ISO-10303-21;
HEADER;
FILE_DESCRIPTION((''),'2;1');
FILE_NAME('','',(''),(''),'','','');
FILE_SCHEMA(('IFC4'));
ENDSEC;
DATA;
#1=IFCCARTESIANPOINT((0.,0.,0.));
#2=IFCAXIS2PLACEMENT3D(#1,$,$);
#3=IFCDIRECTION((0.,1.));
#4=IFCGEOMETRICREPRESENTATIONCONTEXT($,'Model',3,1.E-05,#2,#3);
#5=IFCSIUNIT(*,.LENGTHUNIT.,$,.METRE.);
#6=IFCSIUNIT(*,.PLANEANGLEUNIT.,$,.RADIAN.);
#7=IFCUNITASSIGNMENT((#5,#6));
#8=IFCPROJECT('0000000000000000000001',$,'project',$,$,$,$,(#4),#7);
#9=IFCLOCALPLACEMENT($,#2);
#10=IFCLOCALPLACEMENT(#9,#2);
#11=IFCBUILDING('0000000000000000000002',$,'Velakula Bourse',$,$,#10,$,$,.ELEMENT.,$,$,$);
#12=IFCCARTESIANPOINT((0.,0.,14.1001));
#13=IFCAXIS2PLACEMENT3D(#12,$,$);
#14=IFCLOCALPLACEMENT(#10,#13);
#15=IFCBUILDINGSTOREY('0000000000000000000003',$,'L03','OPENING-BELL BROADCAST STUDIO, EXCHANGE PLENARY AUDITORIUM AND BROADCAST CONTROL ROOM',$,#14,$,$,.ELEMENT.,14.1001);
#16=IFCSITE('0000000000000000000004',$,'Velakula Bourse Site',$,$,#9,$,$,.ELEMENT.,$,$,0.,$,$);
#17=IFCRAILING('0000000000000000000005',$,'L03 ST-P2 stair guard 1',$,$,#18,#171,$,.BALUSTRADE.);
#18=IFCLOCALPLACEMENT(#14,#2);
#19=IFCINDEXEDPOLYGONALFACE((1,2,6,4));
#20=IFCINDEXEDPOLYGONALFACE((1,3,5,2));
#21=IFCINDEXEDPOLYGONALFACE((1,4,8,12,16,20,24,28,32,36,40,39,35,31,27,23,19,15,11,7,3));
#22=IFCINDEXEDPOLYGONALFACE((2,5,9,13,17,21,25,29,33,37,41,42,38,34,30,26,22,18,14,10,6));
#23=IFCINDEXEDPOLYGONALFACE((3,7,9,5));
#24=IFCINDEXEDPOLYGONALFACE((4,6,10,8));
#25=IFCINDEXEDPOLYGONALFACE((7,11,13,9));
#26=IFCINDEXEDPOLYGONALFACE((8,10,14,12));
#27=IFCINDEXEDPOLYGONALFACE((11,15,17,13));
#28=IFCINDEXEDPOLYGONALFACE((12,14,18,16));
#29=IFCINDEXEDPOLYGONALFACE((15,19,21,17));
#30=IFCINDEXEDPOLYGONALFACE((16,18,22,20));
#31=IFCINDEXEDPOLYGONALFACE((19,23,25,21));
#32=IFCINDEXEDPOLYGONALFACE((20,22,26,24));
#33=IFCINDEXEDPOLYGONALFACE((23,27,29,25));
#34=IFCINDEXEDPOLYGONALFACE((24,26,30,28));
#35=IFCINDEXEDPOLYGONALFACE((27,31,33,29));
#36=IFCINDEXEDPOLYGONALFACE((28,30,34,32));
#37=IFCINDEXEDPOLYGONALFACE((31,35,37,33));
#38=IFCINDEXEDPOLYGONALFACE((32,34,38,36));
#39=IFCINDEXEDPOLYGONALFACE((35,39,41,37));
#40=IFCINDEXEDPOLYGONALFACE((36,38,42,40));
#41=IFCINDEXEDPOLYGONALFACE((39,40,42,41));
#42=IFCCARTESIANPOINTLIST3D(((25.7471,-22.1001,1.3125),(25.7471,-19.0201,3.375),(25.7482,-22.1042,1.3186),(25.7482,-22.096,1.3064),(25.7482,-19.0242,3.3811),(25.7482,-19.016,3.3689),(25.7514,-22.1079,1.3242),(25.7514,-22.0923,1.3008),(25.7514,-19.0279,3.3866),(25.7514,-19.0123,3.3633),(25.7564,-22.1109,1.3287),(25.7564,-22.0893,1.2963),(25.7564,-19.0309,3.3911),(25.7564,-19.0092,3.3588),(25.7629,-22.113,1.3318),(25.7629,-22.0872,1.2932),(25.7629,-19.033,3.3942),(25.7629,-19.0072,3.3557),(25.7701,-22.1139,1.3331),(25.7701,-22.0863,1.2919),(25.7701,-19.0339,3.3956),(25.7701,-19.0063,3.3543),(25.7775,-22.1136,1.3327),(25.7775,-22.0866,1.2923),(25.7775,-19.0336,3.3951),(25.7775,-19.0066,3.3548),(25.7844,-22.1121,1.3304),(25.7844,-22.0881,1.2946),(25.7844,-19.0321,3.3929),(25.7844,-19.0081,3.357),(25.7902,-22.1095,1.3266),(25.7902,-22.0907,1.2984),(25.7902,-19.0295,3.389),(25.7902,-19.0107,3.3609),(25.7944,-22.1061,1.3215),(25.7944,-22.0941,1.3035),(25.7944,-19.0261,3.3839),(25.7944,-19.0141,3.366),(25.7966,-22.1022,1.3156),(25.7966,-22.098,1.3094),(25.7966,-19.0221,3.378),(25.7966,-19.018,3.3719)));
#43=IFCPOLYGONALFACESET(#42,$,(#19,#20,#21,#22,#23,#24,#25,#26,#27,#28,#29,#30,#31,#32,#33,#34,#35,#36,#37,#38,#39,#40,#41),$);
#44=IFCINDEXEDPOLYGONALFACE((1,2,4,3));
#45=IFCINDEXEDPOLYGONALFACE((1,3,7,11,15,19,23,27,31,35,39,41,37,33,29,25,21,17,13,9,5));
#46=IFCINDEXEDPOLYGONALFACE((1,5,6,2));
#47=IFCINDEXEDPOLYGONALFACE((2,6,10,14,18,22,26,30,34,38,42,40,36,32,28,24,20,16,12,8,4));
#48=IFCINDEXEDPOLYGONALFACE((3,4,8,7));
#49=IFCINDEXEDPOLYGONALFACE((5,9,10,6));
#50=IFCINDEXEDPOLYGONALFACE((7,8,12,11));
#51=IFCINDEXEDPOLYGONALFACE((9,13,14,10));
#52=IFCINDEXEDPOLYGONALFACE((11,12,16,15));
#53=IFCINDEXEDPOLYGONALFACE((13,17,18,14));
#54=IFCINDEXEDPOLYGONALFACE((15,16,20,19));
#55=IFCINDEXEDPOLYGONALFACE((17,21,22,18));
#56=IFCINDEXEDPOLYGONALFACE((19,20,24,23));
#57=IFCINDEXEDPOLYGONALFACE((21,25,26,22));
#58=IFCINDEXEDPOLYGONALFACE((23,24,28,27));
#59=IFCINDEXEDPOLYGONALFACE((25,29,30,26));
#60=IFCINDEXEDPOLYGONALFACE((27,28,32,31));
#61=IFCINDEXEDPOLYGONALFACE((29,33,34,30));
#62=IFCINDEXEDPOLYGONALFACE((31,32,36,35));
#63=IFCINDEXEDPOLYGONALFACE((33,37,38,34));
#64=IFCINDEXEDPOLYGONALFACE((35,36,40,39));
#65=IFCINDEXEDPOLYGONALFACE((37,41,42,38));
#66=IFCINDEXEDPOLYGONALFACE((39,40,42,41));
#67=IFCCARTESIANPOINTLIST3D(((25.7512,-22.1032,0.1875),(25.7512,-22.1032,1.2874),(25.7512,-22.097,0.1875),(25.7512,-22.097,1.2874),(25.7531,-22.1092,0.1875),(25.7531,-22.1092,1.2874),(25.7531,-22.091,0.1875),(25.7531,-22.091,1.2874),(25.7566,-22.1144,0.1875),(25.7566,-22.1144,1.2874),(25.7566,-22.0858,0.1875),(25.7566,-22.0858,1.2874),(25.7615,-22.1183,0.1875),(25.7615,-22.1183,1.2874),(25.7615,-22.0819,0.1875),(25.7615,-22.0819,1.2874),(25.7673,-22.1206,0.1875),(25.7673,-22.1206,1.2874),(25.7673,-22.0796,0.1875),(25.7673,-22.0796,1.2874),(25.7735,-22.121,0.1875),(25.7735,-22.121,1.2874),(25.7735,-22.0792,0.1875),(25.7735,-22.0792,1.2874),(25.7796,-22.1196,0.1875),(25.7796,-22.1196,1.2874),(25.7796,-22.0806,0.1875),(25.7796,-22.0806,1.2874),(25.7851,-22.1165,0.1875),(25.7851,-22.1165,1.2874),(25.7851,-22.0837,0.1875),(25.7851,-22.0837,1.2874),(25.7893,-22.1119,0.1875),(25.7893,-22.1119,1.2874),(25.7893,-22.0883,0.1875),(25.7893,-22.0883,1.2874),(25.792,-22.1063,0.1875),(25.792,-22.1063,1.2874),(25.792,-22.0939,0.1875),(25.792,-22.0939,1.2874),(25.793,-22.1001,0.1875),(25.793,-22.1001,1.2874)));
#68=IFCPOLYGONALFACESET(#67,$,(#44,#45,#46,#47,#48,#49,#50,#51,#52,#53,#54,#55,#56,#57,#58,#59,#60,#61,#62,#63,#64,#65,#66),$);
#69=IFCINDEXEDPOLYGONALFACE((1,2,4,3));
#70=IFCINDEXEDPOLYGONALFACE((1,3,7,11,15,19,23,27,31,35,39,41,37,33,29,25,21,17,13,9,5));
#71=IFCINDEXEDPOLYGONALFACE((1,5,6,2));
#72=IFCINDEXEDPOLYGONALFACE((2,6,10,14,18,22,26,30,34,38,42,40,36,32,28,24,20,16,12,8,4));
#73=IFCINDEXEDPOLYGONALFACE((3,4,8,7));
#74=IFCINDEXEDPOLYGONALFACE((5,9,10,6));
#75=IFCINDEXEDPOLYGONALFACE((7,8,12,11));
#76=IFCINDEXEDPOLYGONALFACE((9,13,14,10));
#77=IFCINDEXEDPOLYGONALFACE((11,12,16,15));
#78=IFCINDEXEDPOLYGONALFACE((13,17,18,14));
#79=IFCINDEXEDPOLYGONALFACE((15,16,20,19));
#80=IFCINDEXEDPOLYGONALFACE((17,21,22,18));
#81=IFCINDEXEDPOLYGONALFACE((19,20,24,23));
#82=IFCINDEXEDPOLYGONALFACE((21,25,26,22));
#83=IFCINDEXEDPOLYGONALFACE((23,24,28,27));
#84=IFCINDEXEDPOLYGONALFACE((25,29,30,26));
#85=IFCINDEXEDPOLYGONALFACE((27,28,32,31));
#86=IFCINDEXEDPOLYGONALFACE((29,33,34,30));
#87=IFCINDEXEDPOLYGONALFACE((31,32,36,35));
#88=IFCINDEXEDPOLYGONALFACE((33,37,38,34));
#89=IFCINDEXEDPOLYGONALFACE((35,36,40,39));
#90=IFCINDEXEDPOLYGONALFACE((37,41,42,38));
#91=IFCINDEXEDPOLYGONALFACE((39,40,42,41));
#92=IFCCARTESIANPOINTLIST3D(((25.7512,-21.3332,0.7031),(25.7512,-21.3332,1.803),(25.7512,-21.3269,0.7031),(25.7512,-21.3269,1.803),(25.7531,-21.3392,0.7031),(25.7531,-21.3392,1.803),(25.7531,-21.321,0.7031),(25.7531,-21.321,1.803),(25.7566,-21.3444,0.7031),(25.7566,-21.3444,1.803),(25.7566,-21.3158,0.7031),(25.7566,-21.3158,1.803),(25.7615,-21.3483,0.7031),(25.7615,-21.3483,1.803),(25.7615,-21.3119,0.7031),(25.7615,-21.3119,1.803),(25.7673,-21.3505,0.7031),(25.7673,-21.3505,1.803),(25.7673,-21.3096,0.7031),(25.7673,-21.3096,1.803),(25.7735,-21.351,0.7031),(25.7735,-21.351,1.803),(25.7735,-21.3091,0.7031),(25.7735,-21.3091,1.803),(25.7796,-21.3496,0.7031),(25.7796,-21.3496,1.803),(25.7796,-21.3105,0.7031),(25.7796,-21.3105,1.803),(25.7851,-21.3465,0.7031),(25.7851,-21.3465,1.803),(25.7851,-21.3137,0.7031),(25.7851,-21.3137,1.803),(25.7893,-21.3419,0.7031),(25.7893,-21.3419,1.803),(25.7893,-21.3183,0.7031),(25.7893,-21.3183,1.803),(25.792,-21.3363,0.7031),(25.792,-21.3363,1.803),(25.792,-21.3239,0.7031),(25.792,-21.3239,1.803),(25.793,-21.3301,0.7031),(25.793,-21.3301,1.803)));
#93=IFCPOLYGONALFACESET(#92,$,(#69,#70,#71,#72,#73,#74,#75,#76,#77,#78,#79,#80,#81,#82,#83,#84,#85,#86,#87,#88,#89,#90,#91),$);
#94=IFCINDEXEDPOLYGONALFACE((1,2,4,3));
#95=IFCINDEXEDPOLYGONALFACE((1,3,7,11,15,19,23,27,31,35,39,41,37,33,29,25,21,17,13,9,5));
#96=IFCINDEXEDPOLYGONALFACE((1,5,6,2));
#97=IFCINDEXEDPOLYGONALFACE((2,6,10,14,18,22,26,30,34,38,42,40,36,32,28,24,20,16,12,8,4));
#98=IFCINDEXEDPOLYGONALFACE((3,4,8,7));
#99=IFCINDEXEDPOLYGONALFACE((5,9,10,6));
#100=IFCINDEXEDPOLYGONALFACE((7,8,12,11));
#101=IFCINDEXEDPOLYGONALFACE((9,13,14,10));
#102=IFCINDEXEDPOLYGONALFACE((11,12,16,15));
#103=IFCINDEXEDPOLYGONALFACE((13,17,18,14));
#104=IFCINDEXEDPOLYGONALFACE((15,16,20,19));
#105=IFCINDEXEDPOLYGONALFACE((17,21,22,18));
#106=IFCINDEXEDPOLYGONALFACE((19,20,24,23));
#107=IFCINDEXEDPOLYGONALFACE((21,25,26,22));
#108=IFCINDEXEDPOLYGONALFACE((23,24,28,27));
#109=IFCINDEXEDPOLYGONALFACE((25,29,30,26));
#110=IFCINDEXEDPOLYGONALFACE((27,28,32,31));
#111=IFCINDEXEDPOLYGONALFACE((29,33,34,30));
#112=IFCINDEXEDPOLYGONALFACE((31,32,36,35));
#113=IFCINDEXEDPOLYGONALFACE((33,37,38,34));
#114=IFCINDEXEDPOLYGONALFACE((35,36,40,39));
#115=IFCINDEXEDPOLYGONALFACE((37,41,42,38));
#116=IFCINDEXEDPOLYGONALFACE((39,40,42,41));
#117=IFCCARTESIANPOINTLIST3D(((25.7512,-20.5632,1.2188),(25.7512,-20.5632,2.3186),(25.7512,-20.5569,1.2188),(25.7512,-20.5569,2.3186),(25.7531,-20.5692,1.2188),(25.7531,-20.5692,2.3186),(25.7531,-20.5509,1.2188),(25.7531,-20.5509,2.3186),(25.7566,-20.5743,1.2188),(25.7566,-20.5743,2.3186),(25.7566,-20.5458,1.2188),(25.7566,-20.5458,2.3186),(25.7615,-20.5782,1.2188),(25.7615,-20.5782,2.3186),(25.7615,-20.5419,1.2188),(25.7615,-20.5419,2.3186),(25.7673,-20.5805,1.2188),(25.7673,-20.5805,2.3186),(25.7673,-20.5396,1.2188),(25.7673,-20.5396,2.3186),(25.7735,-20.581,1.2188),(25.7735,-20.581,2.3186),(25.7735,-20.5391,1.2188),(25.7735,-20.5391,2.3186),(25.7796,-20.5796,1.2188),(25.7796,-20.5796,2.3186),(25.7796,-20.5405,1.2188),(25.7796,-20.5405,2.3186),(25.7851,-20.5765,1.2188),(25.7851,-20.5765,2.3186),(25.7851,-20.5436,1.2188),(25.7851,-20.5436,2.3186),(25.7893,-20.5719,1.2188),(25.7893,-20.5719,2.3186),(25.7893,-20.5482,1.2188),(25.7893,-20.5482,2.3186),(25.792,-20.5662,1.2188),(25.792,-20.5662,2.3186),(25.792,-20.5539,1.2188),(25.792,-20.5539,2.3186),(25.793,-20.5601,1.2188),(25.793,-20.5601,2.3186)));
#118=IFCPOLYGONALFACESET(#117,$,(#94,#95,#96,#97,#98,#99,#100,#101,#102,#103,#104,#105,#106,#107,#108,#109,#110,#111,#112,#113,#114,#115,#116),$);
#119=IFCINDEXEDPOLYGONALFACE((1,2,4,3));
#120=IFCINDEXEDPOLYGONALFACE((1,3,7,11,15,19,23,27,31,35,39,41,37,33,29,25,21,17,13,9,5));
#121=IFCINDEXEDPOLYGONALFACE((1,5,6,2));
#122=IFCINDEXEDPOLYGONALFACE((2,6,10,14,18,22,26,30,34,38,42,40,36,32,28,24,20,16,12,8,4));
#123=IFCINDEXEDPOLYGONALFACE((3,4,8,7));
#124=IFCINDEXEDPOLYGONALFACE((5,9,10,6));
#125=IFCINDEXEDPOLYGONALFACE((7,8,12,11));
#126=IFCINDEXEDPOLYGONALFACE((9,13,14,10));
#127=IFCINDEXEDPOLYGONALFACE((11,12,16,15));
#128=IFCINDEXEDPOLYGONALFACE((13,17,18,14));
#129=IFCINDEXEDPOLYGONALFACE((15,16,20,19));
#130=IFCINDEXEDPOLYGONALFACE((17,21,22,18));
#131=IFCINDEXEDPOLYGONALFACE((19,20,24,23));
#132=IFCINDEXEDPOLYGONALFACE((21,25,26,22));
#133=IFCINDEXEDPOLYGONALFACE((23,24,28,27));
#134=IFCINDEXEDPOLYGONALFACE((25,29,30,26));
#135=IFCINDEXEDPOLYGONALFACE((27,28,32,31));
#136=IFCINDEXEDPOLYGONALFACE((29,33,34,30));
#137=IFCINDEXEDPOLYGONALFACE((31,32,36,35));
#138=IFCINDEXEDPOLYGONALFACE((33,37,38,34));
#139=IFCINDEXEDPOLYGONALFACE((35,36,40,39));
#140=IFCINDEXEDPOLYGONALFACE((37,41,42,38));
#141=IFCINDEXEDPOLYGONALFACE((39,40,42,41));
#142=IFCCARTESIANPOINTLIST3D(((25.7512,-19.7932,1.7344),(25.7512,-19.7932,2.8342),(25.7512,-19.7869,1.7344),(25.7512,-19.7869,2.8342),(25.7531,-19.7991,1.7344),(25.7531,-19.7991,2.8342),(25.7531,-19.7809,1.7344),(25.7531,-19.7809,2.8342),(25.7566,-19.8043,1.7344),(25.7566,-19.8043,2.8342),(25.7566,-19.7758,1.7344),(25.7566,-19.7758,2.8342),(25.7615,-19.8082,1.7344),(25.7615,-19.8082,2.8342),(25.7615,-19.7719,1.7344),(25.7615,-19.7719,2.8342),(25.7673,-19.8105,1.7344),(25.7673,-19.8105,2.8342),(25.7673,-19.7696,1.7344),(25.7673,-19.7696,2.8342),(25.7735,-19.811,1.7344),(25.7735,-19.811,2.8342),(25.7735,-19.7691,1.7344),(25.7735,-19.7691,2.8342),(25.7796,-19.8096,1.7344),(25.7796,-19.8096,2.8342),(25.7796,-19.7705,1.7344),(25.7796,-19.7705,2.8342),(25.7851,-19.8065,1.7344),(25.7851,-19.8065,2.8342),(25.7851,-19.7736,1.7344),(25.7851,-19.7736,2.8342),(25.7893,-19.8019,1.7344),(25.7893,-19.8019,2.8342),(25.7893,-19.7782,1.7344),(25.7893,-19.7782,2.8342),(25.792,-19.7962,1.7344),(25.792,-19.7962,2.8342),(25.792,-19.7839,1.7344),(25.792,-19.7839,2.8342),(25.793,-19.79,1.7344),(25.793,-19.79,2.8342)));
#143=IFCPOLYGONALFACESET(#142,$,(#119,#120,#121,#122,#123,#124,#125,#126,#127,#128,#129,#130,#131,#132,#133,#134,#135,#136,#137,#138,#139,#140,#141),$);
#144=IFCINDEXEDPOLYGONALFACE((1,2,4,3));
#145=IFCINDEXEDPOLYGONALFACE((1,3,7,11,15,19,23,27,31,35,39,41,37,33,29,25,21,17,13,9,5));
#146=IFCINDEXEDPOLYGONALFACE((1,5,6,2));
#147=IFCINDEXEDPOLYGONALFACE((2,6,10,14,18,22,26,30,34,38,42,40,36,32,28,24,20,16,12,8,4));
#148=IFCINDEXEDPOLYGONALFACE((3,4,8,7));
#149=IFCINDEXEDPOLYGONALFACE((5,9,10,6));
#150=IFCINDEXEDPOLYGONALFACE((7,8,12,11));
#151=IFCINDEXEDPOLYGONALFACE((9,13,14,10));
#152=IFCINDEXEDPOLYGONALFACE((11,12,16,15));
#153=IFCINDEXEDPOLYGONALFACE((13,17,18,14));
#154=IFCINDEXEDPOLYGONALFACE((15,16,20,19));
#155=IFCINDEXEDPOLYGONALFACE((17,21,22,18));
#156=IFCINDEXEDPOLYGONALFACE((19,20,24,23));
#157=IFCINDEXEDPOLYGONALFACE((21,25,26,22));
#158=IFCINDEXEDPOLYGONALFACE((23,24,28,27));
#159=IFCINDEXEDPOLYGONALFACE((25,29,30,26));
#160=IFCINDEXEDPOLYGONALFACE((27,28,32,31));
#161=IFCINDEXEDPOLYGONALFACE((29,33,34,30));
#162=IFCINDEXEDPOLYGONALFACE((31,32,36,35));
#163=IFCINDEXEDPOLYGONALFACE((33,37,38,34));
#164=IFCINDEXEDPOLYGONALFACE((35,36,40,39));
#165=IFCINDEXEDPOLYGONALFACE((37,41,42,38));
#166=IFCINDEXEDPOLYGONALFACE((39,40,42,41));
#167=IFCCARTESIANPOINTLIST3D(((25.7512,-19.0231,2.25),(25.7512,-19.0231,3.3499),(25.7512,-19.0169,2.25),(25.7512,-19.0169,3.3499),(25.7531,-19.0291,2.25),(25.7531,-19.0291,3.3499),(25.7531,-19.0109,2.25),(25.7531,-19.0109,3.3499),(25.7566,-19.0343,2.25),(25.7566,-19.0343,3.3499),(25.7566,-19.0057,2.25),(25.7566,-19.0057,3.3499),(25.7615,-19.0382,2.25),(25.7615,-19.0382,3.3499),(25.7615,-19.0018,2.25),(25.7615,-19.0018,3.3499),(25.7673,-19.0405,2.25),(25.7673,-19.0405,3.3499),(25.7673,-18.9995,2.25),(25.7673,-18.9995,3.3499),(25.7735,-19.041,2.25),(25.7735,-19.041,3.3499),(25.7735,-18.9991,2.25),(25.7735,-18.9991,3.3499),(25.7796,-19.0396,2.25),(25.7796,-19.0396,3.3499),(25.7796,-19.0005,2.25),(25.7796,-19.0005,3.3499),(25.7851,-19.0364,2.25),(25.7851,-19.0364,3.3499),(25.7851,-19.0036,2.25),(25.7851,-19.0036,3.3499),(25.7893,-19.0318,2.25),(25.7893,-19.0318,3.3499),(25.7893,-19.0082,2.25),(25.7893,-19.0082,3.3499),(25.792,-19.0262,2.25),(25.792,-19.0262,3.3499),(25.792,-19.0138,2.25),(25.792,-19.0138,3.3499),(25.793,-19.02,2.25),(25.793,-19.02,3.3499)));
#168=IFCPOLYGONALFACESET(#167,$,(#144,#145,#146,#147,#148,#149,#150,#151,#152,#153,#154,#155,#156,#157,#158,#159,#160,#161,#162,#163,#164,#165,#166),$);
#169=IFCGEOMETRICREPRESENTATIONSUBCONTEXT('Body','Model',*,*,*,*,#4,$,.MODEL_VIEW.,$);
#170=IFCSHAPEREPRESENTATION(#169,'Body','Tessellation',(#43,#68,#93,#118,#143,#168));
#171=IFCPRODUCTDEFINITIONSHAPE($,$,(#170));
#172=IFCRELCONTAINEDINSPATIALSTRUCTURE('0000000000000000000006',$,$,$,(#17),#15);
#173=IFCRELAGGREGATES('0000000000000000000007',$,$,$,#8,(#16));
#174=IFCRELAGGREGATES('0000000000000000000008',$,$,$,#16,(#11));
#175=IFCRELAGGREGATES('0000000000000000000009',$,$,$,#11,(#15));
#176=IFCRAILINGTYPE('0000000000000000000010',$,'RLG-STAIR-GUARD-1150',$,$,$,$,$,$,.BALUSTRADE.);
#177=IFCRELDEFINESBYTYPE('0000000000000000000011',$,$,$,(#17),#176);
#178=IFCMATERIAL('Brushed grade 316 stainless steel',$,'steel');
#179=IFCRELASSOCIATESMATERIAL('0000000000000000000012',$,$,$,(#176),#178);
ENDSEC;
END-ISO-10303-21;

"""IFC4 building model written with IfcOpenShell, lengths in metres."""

from ifc_helpers import new_model, si_unit, direction, frame, origin, origin_2d, place, context, subcontext, project, spatial, circle, extrude, material, type_object, element, save


model = new_model("IFC4")

# Units and contexts
model_context = context("Model", 3, precision=1e-05, world=origin(), true_north=direction((0.0, 1.0)))
body_context = subcontext(model_context, "Body", "Model", "MODEL_VIEW")
ifc_project = project(units=[si_unit("LENGTHUNIT", "METRE"), si_unit("PLANEANGLEUNIT", "RADIAN")], contexts=[model_context])

# Site, building, storey
site_placement = place(None, origin())
site = spatial("IfcSite", under=ifc_project, at=site_placement, Name="Velakula Bourse Site", CompositionType="ELEMENT", RefElevation=0.0)
building_placement = place(site_placement, origin())
building = spatial("IfcBuilding", under=site, at=building_placement, Name="Velakula Bourse", CompositionType="ELEMENT")
storey_placement = place(building_placement, frame((0.0, 0.0, 14.1001)))
storey = spatial("IfcBuildingStorey", under=building, at=storey_placement, Name="L03", Description="OPENING-BELL BROADCAST STUDIO, EXCHANGE PLENARY AUDITORIUM AND BROADCAST CONTROL ROOM", CompositionType="ELEMENT", Elevation=14.1001)

# Railing
ifc_material_1 = material(Name="Brushed grade 316 stainless steel", Category="steel")
railing_type_1 = type_object("IfcRailingType", Name="RLG-STAIR-GUARD-1150", PredefinedType="BALUSTRADE", material=ifc_material_1)
railing_1_placement = place(storey_placement, frame((25.772, -22.1001, 0.1875)))
element("IfcRailing", 1, at=railing_1_placement, inside=storey, type_object=railing_type_1, Name="L03 ST-P2 stair guard 1", PredefinedType="BALUSTRADE", context=body_context, shape_type="SweptSolid", body=[
    extrude(circle(Radius=0.0249, at=origin_2d()), frame((0.0, 0.0, 1.125), z_axis=(0.0, 0.830914, 0.556401), x_axis=(-1.0, 0.0, 0.0)), (0.0, 0.0, 1.0), 3.7068),
    extrude(circle(Radius=0.021, at=origin_2d()), origin(), (0.0, 0.0, 1.0), 1.0999),
    extrude(circle(Radius=0.021, at=origin_2d()), frame((0.0, 0.77, 0.5156)), (0.0, 0.0, 1.0), 1.0999),
    extrude(circle(Radius=0.021, at=origin_2d()), frame((0.0, 1.54, 1.0312)), (0.0, 0.0, 1.0), 1.0999),
    extrude(circle(Radius=0.021, at=origin_2d()), frame((0.0, 2.3101, 1.5469)), (0.0, 0.0, 1.0), 1.0999),
    extrude(circle(Radius=0.021, at=origin_2d()), frame((0.0, 3.0801, 2.0625)), (0.0, 0.0, 1.0), 1.0999),
])

save(model, "model.ifc")
